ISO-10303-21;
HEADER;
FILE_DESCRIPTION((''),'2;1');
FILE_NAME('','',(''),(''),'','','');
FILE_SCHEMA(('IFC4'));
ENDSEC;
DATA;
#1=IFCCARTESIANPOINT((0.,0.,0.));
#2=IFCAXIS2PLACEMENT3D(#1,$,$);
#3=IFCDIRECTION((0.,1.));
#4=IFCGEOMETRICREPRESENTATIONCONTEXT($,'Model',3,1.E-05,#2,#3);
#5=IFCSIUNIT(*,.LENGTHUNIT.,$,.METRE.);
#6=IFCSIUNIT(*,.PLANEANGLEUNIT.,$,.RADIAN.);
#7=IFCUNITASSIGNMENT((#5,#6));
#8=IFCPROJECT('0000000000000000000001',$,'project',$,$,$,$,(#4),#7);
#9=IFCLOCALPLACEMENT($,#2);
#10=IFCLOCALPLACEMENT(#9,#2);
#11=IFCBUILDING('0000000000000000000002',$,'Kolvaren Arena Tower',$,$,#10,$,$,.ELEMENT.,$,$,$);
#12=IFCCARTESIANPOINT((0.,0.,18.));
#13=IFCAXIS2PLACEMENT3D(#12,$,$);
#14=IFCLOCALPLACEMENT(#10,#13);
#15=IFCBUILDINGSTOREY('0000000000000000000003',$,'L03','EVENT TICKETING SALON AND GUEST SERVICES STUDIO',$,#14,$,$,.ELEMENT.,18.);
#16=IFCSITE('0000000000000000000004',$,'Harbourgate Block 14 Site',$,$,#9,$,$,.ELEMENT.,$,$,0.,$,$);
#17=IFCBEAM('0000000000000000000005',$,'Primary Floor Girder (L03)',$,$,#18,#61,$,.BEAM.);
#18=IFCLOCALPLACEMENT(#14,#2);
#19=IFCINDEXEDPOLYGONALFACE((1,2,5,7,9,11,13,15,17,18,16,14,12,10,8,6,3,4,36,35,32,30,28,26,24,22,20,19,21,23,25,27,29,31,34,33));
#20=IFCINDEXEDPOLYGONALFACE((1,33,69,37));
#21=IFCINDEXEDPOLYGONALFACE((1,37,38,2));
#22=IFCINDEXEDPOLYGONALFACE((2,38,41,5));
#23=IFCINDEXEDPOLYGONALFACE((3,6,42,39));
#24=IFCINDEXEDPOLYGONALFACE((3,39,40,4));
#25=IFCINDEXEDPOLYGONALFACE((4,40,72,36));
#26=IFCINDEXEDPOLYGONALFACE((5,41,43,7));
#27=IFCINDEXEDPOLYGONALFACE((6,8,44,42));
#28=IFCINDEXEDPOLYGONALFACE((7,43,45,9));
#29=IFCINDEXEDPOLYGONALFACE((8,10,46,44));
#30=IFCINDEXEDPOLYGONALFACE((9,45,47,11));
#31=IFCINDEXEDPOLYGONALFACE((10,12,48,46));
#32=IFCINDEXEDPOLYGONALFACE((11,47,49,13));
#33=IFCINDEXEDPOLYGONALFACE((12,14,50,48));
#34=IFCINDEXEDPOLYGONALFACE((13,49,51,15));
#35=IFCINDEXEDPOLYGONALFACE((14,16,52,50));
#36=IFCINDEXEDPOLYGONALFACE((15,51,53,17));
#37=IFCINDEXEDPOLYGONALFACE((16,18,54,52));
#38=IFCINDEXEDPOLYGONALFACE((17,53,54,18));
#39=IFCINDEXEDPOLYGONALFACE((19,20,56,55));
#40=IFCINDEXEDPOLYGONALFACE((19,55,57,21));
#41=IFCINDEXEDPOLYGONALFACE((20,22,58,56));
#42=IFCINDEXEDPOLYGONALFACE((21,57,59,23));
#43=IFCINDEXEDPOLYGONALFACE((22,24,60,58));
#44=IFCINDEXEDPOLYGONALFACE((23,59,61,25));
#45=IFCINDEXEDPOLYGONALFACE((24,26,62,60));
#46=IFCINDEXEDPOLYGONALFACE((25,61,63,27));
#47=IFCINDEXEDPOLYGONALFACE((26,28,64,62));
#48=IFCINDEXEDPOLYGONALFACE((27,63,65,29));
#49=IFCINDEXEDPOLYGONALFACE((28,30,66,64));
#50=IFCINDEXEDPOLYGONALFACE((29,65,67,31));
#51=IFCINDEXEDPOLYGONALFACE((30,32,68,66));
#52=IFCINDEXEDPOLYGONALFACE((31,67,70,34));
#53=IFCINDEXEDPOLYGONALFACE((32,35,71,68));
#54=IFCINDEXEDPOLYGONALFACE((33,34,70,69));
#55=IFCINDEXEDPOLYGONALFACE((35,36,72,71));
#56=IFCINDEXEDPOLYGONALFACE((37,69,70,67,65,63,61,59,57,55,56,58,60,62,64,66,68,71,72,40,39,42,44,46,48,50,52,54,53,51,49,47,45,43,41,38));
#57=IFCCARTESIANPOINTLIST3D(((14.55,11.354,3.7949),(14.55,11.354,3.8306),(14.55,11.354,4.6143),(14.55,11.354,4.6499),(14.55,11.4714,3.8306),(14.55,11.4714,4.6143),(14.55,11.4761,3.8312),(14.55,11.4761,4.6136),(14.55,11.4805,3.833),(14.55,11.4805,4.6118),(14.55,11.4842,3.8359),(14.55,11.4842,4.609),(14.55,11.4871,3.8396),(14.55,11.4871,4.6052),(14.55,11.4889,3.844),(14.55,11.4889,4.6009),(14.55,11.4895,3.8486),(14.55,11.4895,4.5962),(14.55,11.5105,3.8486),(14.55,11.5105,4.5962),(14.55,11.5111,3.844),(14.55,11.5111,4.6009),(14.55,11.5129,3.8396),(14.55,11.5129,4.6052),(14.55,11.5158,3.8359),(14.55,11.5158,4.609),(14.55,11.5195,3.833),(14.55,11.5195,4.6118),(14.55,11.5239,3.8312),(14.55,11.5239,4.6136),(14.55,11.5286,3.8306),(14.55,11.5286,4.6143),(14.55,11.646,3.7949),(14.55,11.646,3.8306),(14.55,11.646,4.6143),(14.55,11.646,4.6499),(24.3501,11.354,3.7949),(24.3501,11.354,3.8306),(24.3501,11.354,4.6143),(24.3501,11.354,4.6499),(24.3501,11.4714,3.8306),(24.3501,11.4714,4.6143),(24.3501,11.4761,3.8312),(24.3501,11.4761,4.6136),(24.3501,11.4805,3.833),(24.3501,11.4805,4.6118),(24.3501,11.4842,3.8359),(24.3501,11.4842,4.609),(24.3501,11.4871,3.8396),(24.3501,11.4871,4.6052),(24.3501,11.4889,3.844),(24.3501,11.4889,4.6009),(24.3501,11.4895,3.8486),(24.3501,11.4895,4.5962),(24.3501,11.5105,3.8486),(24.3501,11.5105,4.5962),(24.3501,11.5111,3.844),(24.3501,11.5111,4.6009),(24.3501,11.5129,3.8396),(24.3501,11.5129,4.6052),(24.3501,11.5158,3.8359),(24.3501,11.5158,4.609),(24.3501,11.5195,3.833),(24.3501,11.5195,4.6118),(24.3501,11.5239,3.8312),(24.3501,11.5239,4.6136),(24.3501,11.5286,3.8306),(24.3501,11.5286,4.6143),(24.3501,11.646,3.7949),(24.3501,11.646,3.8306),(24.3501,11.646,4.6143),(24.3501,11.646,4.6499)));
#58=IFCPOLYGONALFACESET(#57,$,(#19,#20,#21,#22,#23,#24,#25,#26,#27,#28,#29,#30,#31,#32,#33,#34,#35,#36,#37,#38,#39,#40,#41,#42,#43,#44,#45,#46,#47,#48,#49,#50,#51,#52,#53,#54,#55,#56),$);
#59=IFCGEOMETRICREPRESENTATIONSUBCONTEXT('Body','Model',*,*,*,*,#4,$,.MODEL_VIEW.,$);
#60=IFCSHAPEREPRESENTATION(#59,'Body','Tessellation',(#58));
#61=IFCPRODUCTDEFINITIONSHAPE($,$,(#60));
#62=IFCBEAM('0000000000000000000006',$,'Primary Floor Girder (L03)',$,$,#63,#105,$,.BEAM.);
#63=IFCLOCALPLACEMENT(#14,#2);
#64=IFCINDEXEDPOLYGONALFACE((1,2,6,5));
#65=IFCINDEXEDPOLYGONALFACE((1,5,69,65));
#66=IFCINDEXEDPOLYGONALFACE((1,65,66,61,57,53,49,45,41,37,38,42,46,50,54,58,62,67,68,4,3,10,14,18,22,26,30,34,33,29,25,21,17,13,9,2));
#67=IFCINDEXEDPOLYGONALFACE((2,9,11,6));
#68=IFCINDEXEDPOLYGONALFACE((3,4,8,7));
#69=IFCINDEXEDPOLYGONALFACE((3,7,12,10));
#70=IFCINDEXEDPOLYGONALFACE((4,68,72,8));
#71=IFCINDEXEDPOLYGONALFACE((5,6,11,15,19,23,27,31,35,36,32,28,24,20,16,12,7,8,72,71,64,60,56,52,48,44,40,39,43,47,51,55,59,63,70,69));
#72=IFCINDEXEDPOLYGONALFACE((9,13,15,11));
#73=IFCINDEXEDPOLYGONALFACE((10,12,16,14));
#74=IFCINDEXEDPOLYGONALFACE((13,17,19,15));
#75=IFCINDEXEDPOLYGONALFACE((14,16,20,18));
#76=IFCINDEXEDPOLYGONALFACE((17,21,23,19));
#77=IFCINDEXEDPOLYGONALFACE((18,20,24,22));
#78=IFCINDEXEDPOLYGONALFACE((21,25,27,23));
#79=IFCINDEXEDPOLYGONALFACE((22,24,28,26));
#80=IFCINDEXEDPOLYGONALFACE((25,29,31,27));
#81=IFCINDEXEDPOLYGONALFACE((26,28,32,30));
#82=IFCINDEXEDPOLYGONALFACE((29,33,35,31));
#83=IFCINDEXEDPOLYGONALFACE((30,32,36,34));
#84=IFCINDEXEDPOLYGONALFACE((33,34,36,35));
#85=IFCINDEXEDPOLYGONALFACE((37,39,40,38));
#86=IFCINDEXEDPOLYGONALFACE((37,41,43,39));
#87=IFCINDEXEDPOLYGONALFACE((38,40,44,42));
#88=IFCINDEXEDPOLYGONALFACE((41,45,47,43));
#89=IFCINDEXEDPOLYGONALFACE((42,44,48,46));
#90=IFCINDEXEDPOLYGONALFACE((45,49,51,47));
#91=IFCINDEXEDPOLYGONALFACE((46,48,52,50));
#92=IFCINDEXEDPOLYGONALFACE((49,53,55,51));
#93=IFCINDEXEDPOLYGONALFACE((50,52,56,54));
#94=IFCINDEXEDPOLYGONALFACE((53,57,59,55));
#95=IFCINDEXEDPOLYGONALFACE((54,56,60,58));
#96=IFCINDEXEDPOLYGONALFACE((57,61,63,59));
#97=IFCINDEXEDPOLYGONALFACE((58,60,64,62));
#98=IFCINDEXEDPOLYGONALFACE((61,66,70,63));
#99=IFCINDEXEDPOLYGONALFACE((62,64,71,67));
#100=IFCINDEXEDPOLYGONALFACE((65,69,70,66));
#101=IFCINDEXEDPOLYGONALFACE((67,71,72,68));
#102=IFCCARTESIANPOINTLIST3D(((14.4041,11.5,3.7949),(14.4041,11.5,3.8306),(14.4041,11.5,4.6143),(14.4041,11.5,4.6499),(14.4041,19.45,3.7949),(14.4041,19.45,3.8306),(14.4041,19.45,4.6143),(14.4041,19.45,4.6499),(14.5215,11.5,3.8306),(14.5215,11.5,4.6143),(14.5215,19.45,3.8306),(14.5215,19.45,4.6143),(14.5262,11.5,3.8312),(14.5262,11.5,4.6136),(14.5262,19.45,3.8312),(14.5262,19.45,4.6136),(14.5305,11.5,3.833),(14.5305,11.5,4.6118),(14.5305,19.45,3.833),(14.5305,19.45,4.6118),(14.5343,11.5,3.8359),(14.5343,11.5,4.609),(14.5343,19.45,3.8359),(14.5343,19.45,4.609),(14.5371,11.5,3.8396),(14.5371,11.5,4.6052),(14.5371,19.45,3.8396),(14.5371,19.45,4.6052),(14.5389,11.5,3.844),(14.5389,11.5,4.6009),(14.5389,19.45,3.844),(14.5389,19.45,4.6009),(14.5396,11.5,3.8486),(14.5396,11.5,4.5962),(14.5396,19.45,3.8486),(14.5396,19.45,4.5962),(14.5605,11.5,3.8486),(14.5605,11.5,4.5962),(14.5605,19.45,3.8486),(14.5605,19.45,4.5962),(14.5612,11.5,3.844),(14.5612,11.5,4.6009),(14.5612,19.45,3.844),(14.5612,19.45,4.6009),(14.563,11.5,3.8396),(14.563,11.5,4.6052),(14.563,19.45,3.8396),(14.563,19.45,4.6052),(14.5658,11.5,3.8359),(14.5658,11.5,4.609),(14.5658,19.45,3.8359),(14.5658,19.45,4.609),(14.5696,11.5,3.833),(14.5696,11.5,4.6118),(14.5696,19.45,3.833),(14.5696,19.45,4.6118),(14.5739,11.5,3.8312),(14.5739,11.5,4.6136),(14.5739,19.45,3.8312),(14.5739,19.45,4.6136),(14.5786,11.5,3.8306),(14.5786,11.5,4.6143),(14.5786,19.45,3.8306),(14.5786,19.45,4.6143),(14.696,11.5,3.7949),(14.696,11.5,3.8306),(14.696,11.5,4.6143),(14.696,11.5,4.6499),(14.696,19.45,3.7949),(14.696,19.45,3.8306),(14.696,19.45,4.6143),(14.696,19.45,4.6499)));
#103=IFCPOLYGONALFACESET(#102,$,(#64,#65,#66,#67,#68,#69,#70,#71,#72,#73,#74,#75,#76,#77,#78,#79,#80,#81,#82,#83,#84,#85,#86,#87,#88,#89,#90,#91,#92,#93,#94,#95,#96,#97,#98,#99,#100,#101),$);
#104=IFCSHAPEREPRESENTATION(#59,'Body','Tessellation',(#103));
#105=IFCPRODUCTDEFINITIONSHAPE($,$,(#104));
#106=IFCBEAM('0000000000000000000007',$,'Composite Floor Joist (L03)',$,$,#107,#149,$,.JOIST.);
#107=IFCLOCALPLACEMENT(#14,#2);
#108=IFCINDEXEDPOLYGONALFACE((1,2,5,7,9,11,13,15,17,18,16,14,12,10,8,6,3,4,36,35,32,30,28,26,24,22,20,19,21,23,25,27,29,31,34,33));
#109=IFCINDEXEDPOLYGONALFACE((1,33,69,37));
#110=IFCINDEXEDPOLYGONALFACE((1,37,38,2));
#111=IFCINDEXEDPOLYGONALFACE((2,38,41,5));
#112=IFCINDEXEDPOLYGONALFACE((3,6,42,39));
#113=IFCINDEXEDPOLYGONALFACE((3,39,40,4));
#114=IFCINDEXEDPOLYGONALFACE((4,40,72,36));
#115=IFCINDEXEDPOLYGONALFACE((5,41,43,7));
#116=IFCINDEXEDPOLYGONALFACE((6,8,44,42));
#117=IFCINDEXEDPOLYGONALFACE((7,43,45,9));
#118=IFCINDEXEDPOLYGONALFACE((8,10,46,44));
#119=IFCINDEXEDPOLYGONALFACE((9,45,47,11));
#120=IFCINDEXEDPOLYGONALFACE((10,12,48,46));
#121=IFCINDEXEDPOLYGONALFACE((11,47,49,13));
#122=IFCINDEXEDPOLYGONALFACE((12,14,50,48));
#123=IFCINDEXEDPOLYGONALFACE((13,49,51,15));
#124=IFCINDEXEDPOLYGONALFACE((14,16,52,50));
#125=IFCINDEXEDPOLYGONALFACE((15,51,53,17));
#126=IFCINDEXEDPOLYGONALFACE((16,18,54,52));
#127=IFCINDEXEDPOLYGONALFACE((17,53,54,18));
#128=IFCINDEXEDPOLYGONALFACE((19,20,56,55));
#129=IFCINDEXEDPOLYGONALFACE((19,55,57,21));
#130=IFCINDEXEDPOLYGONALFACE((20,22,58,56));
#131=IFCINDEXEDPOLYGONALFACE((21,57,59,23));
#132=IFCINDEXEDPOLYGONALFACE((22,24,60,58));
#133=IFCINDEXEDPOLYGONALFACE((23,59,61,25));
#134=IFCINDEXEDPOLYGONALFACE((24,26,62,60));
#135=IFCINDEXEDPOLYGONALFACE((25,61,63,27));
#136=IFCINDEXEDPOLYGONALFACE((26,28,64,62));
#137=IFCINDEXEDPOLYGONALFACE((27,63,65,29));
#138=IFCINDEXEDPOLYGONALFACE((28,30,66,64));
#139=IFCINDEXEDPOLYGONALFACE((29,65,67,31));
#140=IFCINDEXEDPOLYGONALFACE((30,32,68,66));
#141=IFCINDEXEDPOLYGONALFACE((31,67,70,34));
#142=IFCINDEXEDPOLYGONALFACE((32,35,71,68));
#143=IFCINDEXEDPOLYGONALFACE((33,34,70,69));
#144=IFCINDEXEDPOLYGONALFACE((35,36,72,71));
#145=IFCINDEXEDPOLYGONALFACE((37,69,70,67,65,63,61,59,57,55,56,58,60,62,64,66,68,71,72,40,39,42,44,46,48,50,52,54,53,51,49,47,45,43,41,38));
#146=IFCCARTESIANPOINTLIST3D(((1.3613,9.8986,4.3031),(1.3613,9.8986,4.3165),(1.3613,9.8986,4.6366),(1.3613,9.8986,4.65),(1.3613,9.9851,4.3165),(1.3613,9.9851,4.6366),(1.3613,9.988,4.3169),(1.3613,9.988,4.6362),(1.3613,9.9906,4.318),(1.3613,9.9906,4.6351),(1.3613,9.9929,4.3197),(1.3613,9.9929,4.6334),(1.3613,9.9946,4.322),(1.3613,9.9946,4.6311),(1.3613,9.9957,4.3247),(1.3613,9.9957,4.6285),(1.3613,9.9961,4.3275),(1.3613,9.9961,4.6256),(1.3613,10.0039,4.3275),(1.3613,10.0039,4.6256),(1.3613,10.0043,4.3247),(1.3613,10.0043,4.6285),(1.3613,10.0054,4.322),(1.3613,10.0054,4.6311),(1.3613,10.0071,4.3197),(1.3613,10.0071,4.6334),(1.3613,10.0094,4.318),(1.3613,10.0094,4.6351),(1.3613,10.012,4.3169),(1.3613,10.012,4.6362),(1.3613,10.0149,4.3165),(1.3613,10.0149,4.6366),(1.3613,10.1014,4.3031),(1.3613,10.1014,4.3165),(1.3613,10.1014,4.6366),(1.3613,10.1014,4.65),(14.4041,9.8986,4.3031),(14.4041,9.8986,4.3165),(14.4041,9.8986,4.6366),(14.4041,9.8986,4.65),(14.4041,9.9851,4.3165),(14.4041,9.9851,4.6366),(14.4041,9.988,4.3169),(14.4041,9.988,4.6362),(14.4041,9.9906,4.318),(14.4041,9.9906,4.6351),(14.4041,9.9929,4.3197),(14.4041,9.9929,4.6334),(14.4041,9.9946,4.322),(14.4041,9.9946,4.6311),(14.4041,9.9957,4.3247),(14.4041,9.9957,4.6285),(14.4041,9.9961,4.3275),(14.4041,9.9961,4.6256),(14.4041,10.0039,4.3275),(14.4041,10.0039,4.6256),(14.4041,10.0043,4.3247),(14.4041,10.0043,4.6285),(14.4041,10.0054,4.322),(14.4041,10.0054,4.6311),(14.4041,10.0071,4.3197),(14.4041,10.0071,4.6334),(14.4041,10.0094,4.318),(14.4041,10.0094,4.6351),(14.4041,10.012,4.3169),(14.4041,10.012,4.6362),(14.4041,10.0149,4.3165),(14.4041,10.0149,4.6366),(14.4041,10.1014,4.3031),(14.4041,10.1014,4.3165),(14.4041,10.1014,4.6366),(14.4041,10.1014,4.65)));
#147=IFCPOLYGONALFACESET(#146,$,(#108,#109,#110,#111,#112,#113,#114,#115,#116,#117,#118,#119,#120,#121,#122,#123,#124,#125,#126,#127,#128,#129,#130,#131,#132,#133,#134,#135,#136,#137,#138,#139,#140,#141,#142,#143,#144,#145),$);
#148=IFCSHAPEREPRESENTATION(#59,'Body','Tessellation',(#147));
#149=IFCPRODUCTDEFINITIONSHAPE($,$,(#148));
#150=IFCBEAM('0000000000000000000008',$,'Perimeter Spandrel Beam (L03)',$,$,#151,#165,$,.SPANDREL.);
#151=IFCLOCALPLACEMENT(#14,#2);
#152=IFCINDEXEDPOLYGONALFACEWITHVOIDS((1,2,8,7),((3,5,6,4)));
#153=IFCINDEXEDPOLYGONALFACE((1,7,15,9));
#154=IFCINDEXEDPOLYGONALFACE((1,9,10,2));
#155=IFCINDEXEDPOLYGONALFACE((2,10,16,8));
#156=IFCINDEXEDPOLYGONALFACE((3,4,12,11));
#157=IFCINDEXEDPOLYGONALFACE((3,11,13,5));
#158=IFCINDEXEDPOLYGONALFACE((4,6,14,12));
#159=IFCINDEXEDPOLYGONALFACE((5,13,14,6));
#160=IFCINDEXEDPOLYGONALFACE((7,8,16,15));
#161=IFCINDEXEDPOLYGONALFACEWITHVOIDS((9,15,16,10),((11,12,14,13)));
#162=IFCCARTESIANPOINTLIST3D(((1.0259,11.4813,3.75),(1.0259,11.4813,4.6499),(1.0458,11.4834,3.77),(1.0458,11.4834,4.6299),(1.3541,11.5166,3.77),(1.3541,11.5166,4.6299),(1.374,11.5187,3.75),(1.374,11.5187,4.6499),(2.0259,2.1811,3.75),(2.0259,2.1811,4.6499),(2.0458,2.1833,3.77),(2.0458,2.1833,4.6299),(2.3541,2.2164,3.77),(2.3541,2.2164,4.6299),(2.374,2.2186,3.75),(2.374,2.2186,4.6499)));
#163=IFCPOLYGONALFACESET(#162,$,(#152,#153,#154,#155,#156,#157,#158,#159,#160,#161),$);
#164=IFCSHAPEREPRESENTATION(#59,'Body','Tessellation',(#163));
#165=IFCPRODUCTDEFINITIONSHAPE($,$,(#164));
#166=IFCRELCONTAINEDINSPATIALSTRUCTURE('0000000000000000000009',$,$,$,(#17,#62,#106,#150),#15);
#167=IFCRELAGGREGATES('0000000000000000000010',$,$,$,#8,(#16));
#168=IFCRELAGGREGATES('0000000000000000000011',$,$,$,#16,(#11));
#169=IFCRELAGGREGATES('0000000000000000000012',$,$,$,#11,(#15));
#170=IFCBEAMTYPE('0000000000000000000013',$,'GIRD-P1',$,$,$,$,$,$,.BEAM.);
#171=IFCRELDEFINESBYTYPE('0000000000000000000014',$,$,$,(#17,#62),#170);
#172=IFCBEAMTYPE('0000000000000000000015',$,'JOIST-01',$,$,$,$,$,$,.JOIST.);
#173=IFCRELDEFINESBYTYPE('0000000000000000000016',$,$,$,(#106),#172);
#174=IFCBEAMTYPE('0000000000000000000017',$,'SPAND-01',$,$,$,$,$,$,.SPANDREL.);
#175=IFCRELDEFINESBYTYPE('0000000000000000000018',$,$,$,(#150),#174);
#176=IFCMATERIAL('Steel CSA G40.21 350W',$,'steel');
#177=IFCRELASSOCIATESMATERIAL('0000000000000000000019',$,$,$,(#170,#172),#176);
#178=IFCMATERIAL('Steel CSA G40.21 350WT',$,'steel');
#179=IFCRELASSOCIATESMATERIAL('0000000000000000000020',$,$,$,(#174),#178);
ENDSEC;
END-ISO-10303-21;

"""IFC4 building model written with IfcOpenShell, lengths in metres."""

from ifc_helpers import new_model, si_unit, direction, frame, origin, origin_2d, place, context, subcontext, project, spatial, hollow_rectangle, i_section, extrude, material, material_profile, profile_set, type_object, element, save


model = new_model("IFC4")

# Units and contexts
model_context = context("Model", 3, precision=1e-05, world=origin(), true_north=direction((0.0, 1.0)))
body_context = subcontext(model_context, "Body", "Model", "MODEL_VIEW")
ifc_project = project(units=[si_unit("LENGTHUNIT", "METRE"), si_unit("PLANEANGLEUNIT", "RADIAN")], contexts=[model_context])

# Site, building, storey
site_placement = place(None, origin())
site = spatial("IfcSite", under=ifc_project, at=site_placement, Name="Harbourgate Block 14 Site", CompositionType="ELEMENT", RefElevation=0.0)
building_placement = place(site_placement, origin())
building = spatial("IfcBuilding", under=site, at=building_placement, Name="Kolvaren Arena Tower", CompositionType="ELEMENT")
storey_placement = place(building_placement, frame((0.0, 0.0, 18.0)))
storey = spatial("IfcBuildingStorey", under=building, at=storey_placement, Name="L03", Description="EVENT TICKETING SALON AND GUEST SERVICES STUDIO", CompositionType="ELEMENT", Elevation=18.0)

# Beams
ifc_material_1 = material(Name="Steel CSA G40.21 350W", Category="steel")
ifc_material_profile_1 = material_profile(ifc_material_1, i_section(OverallWidth=0.292, OverallDepth=0.855, WebThickness=0.021, FlangeThickness=0.0356, FilletRadius=0.0181, at=origin_2d()), Name="W840x299")
ifc_profile_set_1 = profile_set([ifc_material_profile_1], Name="Steel CSA G40.21 350W")
beam_type_1 = type_object("IfcBeamType", Name="GIRD-P1", PredefinedType="BEAM", material=ifc_profile_set_1)
beam_1_placement = place(storey_placement, frame((14.55, 11.5, 4.2224), z_axis=(1.0, 0.0, 0.0), x_axis=(0.0, 1.0, 0.0)))
element("IfcBeam", 1, at=beam_1_placement, inside=storey, type_object=beam_type_1, Name="Primary Floor Girder (L03)", PredefinedType="BEAM", context=body_context, shape_type="SweptSolid", body=[
    extrude(i_section(OverallWidth=0.292, OverallDepth=0.855, WebThickness=0.021, FlangeThickness=0.0356, FilletRadius=0.0181, at=origin_2d()), origin(), (0.0, 0.0, 1.0), 9.8),
])
beam_2_placement = place(storey_placement, frame((14.55, 11.5, 4.2224), z_axis=(0.0, 1.0, 0.0), x_axis=(-1.0, 0.0, 0.0)))
element("IfcBeam", 2, at=beam_2_placement, inside=storey, type_object=beam_type_1, Name="Primary Floor Girder (L03)", PredefinedType="BEAM", context=body_context, shape_type="SweptSolid", body=[
    extrude(i_section(OverallWidth=0.292, OverallDepth=0.855, WebThickness=0.021, FlangeThickness=0.0356, FilletRadius=0.0181, at=origin_2d()), origin(), (0.0, 0.0, 1.0), 7.95),
])
ifc_material_profile_2 = material_profile(ifc_material_1, i_section(OverallWidth=0.2029, OverallDepth=0.3469, WebThickness=0.0078, FlangeThickness=0.0134, FilletRadius=0.011, at=origin_2d()), Name="W360x64")
ifc_profile_set_2 = profile_set([ifc_material_profile_2], Name="Steel CSA G40.21 350W")
beam_type_2 = type_object("IfcBeamType", Name="JOIST-01", PredefinedType="JOIST", material=ifc_profile_set_2)
beam_3_placement = place(storey_placement, frame((1.3613, 10.0, 4.4766), z_axis=(1.0, 0.0, 0.0), x_axis=(0.0, 1.0, 0.0)))
element("IfcBeam", 3, at=beam_3_placement, inside=storey, type_object=beam_type_2, Name="Composite Floor Joist (L03)", PredefinedType="JOIST", context=body_context, shape_type="SweptSolid", body=[
    extrude(i_section(OverallWidth=0.2029, OverallDepth=0.3469, WebThickness=0.0078, FlangeThickness=0.0134, FilletRadius=0.011, at=origin_2d()), origin(), (0.0, 0.0, 1.0), 13.0427),
])
ifc_material_2 = material(Name="Steel CSA G40.21 350WT", Category="steel")
ifc_material_profile_3 = material_profile(ifc_material_2, hollow_rectangle(XDim=0.3501, YDim=0.8999, WallThickness=0.02, at=origin_2d()), Name="HSS 900x350x20")
ifc_profile_set_3 = profile_set([ifc_material_profile_3], Name="Steel CSA G40.21 350WT")
beam_type_3 = type_object("IfcBeamType", Name="SPAND-01", PredefinedType="SPANDREL", material=ifc_profile_set_3)
beam_4_placement = place(storey_placement, frame((1.2, 11.5, 4.2), z_axis=(0.10691, -0.994269, 0.0), x_axis=(0.994269, 0.10691, 0.0)))
element("IfcBeam", 4, at=beam_4_placement, inside=storey, type_object=beam_type_3, Name="Perimeter Spandrel Beam (L03)", PredefinedType="SPANDREL", context=body_context, shape_type="SweptSolid", body=[
    extrude(hollow_rectangle(XDim=0.3501, YDim=0.8999, WallThickness=0.02, at=origin_2d()), origin(), (0.0, 0.0, 1.0), 9.3538),
])

save(model, "model.ifc")
